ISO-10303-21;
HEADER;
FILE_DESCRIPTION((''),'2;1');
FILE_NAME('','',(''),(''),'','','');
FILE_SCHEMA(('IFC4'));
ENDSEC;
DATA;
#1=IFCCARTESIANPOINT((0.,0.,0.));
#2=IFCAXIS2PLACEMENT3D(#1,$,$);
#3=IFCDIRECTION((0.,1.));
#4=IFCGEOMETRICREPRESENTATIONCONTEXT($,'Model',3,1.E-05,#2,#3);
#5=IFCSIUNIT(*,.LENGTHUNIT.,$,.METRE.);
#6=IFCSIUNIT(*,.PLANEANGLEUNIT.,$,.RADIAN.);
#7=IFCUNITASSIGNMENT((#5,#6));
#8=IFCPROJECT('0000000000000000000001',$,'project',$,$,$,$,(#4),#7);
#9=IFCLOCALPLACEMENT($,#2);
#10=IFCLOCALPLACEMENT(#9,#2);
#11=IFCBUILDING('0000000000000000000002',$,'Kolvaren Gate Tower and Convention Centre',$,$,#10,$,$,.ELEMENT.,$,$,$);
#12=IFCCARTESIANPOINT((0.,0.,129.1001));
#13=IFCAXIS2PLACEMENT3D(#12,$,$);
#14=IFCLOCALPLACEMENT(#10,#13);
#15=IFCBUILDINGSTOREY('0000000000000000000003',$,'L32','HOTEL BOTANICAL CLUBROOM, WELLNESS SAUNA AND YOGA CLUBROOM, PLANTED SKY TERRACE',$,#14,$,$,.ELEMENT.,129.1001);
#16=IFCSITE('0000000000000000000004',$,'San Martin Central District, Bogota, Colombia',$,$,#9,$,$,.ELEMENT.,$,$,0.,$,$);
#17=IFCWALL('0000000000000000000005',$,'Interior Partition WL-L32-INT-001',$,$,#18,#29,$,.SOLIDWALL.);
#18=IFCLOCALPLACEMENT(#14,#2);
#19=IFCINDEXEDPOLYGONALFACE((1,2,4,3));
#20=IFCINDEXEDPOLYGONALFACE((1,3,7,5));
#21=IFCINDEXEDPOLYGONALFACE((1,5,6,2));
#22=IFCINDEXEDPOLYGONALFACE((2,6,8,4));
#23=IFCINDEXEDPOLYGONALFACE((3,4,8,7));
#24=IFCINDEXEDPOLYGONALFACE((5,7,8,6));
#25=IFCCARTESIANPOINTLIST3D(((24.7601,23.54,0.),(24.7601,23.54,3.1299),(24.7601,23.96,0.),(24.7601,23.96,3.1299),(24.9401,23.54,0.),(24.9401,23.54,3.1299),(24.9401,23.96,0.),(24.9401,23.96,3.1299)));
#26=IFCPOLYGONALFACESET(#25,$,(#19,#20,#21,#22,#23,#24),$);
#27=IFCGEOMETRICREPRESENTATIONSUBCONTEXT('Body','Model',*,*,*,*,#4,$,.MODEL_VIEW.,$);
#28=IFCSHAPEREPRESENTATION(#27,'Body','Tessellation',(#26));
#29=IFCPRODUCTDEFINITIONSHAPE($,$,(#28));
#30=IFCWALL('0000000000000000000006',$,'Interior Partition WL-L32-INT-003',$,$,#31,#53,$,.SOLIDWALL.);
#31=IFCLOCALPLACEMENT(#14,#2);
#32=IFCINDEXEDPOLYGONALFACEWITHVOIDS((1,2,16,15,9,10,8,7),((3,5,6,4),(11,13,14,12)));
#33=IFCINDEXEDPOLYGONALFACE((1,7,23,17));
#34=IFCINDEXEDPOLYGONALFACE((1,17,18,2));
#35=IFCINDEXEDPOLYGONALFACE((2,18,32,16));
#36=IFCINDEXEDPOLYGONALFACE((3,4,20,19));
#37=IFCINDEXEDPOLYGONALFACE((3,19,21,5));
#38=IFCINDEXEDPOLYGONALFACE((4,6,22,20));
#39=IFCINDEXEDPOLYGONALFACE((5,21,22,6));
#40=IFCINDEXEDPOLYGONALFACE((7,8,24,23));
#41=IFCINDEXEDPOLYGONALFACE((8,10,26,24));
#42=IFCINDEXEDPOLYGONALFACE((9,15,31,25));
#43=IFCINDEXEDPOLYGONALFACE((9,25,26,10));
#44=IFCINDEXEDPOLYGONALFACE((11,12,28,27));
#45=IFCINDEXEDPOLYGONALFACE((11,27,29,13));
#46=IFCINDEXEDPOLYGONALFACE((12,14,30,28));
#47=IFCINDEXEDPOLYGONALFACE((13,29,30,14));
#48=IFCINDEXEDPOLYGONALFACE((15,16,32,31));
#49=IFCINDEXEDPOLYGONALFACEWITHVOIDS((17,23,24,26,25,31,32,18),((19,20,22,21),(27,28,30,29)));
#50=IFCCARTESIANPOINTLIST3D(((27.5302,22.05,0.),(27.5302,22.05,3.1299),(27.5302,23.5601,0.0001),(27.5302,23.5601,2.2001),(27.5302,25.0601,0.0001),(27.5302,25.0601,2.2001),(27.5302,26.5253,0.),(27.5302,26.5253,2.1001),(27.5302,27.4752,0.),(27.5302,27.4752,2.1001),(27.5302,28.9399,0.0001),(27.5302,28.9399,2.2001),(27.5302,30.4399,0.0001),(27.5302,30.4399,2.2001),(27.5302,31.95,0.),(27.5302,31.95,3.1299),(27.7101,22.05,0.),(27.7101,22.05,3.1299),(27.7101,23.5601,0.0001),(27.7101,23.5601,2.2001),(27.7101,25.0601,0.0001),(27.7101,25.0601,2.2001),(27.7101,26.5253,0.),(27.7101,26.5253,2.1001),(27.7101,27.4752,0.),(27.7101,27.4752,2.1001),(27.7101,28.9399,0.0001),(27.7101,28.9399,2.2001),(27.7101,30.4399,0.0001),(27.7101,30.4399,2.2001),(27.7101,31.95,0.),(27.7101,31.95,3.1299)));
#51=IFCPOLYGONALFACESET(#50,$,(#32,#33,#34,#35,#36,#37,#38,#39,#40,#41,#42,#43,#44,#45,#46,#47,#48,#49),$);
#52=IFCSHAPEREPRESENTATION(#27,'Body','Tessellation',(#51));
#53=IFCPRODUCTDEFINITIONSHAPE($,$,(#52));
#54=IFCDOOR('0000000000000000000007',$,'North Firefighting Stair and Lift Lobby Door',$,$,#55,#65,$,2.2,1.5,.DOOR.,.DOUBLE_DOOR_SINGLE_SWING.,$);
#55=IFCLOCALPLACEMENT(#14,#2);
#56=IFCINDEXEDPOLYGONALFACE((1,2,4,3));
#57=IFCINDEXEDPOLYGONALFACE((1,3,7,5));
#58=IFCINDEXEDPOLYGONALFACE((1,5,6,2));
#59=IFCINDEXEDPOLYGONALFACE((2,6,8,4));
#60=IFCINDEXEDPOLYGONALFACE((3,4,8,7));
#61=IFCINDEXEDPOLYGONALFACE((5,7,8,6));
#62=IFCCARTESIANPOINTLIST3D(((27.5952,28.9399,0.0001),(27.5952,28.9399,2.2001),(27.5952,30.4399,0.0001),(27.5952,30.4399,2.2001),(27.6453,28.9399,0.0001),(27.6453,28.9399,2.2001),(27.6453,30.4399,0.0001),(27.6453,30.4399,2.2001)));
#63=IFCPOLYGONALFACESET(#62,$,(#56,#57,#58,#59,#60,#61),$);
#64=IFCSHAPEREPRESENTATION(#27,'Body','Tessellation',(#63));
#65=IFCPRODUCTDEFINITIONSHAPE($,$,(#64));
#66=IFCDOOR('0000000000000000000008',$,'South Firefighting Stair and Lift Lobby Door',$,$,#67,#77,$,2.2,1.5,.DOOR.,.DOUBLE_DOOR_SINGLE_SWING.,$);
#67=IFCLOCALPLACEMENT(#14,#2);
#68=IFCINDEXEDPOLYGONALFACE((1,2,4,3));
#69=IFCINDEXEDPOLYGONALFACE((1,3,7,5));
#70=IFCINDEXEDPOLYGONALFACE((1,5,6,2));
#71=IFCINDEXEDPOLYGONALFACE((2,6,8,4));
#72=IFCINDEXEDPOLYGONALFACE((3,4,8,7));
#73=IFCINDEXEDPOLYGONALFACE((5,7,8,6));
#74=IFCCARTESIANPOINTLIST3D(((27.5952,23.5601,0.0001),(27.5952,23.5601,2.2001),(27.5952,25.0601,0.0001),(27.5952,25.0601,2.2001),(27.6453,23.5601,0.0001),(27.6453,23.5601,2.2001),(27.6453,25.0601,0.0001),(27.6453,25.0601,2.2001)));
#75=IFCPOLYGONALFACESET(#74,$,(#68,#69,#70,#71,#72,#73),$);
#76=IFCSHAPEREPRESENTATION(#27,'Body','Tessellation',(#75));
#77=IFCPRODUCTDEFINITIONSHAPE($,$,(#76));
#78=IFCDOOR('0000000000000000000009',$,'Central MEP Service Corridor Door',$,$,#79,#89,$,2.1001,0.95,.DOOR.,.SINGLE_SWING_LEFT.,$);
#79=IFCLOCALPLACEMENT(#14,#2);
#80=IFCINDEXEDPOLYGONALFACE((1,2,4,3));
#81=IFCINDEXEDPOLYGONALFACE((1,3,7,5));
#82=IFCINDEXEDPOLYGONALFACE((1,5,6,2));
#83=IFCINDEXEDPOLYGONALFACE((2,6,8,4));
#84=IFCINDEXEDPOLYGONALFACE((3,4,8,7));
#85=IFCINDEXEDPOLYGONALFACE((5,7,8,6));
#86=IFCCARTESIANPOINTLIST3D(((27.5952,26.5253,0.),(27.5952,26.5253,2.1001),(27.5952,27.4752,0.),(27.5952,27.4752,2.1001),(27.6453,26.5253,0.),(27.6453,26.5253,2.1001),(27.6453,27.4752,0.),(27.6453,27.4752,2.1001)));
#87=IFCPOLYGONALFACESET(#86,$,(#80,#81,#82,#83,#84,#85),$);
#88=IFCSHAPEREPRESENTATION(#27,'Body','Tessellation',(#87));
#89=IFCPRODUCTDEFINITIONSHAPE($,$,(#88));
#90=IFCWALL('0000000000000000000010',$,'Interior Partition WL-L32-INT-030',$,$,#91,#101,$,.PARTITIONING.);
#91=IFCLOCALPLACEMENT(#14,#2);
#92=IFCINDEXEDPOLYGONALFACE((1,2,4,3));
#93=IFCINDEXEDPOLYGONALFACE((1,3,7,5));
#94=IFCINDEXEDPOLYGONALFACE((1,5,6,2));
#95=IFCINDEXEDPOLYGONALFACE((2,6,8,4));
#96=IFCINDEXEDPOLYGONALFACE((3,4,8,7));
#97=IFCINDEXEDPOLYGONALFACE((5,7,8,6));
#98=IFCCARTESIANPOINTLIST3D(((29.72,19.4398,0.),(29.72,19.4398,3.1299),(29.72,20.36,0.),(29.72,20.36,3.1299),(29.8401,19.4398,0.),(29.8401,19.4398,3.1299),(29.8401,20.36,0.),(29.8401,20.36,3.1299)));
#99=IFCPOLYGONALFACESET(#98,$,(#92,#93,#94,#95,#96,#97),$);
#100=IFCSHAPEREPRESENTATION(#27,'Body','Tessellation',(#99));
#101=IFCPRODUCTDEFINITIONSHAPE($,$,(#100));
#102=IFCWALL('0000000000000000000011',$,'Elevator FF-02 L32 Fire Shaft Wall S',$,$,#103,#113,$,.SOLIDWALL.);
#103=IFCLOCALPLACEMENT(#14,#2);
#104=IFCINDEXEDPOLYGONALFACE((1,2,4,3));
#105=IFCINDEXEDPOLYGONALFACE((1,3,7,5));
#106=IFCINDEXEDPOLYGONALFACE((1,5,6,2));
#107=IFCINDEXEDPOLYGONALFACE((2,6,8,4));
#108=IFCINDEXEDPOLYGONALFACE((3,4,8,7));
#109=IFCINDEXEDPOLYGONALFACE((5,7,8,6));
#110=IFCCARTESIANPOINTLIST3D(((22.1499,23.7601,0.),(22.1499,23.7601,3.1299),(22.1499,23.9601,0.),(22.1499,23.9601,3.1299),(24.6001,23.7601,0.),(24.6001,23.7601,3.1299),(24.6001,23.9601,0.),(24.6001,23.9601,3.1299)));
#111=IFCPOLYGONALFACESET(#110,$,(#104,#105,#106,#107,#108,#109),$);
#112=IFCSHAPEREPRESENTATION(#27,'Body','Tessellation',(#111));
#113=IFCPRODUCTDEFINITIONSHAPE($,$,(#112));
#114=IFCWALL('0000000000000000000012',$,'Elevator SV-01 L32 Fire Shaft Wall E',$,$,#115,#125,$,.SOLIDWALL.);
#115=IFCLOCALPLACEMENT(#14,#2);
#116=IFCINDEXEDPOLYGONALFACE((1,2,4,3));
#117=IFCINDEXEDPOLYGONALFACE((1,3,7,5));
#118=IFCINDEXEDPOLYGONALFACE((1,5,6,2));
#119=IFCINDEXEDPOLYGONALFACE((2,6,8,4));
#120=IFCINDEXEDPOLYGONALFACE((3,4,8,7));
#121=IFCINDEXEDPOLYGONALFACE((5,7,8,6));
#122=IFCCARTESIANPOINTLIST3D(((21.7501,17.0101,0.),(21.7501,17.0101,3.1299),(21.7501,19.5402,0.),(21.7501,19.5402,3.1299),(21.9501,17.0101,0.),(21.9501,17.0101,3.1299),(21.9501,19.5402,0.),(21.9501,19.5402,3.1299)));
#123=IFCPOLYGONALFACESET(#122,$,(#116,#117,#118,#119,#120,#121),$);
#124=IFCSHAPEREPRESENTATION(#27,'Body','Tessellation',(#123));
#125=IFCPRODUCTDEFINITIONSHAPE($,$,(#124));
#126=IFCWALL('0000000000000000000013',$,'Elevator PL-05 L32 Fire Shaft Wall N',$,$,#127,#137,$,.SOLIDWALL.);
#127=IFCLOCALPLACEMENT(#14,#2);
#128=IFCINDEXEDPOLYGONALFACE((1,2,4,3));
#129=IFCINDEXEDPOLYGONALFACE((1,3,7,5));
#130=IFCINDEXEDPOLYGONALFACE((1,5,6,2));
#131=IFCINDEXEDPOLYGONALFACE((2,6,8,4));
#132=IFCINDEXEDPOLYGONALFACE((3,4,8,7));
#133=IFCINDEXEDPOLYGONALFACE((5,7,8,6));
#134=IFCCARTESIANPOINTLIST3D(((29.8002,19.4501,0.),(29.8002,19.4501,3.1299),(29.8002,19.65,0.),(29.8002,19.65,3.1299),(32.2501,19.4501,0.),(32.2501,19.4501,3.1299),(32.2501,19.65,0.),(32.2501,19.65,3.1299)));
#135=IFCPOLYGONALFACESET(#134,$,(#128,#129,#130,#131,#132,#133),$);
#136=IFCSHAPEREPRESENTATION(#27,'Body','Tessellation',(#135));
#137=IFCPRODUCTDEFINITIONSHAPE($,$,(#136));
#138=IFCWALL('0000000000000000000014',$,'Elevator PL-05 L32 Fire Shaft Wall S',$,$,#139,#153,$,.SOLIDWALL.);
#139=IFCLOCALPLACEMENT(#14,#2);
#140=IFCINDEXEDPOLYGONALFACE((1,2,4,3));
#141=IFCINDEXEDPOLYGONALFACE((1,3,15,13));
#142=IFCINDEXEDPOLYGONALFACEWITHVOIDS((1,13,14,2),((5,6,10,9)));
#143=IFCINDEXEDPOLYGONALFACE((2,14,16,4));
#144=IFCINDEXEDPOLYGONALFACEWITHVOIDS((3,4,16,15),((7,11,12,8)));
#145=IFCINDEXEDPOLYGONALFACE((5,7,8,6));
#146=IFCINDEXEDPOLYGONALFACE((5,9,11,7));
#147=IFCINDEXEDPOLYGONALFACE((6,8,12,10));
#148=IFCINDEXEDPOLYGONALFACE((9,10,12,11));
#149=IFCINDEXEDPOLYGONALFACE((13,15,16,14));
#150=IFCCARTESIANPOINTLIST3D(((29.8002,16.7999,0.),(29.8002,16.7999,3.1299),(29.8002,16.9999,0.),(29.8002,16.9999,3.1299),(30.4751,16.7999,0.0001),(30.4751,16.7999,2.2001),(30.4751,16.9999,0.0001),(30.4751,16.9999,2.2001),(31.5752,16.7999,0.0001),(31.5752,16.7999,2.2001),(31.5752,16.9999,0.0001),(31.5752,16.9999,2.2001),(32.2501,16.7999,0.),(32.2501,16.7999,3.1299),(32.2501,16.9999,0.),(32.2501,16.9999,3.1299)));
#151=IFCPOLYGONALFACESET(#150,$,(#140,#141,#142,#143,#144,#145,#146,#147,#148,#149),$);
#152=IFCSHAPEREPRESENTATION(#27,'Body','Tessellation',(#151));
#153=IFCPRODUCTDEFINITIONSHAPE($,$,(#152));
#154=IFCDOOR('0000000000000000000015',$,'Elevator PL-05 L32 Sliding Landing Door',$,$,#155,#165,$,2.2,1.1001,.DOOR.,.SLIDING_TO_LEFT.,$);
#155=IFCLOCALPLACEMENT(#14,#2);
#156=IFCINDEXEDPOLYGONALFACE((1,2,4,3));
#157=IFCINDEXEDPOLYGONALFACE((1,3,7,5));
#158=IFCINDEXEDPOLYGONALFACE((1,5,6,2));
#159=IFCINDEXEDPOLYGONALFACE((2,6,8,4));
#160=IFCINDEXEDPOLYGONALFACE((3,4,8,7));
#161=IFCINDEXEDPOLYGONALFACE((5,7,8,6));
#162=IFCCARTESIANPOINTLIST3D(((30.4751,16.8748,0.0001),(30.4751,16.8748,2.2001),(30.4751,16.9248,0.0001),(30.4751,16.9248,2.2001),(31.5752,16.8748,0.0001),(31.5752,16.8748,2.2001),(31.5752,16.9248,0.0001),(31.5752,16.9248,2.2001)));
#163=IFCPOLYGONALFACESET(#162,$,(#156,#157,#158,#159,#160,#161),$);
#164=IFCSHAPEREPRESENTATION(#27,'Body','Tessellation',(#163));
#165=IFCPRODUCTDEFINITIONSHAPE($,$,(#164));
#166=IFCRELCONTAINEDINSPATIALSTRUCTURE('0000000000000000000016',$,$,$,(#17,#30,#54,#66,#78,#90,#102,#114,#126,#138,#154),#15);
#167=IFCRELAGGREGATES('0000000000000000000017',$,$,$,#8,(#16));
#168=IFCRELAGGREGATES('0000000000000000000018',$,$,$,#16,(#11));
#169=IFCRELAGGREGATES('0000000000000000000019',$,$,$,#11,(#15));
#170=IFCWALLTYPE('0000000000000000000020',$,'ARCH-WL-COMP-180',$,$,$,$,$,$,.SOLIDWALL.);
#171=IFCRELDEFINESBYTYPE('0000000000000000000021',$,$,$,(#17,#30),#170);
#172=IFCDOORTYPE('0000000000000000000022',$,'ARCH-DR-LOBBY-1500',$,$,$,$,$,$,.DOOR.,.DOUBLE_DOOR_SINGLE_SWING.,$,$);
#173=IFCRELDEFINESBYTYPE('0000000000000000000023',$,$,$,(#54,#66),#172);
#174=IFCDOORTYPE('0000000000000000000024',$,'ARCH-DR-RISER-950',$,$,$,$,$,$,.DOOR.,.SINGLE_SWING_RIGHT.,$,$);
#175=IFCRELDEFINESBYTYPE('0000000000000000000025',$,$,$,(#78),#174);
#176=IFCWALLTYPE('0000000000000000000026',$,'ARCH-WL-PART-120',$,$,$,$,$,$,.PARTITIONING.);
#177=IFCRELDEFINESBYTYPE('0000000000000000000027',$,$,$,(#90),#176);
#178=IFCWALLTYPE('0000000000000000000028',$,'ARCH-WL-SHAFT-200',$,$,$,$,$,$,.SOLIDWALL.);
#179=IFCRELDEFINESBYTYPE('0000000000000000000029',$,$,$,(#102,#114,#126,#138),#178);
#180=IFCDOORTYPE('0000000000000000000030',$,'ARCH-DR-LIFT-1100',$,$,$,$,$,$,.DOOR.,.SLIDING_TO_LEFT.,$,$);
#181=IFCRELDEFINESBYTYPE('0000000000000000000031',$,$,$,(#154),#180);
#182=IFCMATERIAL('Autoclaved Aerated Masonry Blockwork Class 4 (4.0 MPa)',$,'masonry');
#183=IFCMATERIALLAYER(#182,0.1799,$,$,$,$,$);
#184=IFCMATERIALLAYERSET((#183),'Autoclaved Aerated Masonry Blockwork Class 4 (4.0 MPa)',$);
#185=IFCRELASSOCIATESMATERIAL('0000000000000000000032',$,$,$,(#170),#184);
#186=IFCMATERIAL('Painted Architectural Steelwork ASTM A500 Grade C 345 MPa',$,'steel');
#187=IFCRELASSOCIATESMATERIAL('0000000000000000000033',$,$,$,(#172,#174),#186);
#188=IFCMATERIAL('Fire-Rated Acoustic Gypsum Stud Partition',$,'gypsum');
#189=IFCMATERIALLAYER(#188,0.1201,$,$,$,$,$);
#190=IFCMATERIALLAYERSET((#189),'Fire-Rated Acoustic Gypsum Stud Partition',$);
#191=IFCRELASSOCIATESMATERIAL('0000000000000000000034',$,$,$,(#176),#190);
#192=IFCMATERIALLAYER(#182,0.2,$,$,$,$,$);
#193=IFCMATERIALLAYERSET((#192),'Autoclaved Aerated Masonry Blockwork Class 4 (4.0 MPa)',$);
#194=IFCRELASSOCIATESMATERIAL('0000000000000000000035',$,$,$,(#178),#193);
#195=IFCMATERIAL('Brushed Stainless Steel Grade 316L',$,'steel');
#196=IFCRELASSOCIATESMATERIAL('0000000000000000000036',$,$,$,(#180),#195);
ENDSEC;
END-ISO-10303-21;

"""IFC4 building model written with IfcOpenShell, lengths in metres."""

from ifc_helpers import new_model, si_unit, direction, frame, frame_2d, origin, place, context, subcontext, project, spatial, rectangle, extrude, material, layer, layer_set, type_object, element, fill, save


model = new_model("IFC4")

# Units and contexts
model_context = context("Model", 3, precision=1e-05, world=origin(), true_north=direction((0.0, 1.0)))
body_context = subcontext(model_context, "Body", "Model", "MODEL_VIEW")
ifc_project = project(units=[si_unit("LENGTHUNIT", "METRE"), si_unit("PLANEANGLEUNIT", "RADIAN")], contexts=[model_context])

# Site, building, storey
site_placement = place(None, origin())
site = spatial("IfcSite", under=ifc_project, at=site_placement, Name="San Martin Central District, Bogota, Colombia", CompositionType="ELEMENT", RefElevation=0.0)
building_placement = place(site_placement, origin())
building = spatial("IfcBuilding", under=site, at=building_placement, Name="Kolvaren Gate Tower and Convention Centre", CompositionType="ELEMENT")
storey_placement = place(building_placement, frame((0.0, 0.0, 129.1001)))
storey = spatial("IfcBuildingStorey", under=building, at=storey_placement, Name="L32", Description="HOTEL BOTANICAL CLUBROOM, WELLNESS SAUNA AND YOGA CLUBROOM, PLANTED SKY TERRACE", CompositionType="ELEMENT", Elevation=129.1001)

# Wall
ifc_material_1 = material(Name="Autoclaved Aerated Masonry Blockwork Class 4 (4.0 MPa)", Category="masonry")
ifc_layer_1 = layer(ifc_material_1, 0.1799)
ifc_layer_set_1 = layer_set([ifc_layer_1], Name="Autoclaved Aerated Masonry Blockwork Class 4 (4.0 MPa)")
wall_type_1 = type_object("IfcWallType", Name="ARCH-WL-COMP-180", PredefinedType="SOLIDWALL", material=ifc_layer_set_1)
wall_1_placement = place(storey_placement, frame((24.8501, 23.54, 0.0), z_axis=(0.0, 0.0, 1.0), x_axis=(0.0, 1.0, 0.0)))
element("IfcWall", 1, at=wall_1_placement, inside=storey, type_object=wall_type_1, Name="Interior Partition WL-L32-INT-001", PredefinedType="SOLIDWALL", context=body_context, shape_type="SweptSolid", body=[
    extrude(rectangle(XDim=0.4199, YDim=0.1799, at=frame_2d((0.21, 0.0))), origin(), (0.0, 0.0, 1.0), 3.1299),
])

# Wall, openings, doors
wall_2_placement = place(storey_placement, frame((27.6201, 22.05, 0.0), z_axis=(0.0, 0.0, 1.0), x_axis=(0.0, 1.0, 0.0)))
wall_2 = element("IfcWall", 2, at=wall_2_placement, inside=storey, type_object=wall_type_1, Name="Interior Partition WL-L32-INT-003", PredefinedType="SOLIDWALL", context=body_context, shape_type="SweptSolid", body=[
    extrude(rectangle(XDim=9.8999, YDim=0.1799, at=frame_2d((4.95, 0.0))), origin(), (0.0, 0.0, 1.0), 3.1299),
])
opening_1_placement = place(wall_2_placement, frame((4.4751, 0.0, 0.0)))
opening_1 = element("IfcOpeningElement", 3, at=opening_1_placement, cuts=wall_2, PredefinedType="OPENING", context=body_context, shape_type="SweptSolid", body=[
    extrude(rectangle(XDim=0.95, YDim=2.1001, at=frame_2d((0.4751, 1.05))), frame((0.0, 0.0999, 0.0), z_axis=(0.0, -1.0, 0.0), x_axis=(1.0, 0.0, 0.0)), (0.0, 0.0, 1.0), 0.2),
])
opening_2_placement = place(wall_2_placement, frame((6.8899, 0.0, 0.0)))
opening_2 = element("IfcOpeningElement", 4, at=opening_2_placement, cuts=wall_2, PredefinedType="OPENING", context=body_context, shape_type="SweptSolid", body=[
    extrude(rectangle(XDim=1.5, YDim=2.2, at=frame_2d((0.75, 1.1001))), frame((0.0, 0.0999, 0.0), z_axis=(0.0, -1.0, 0.0), x_axis=(1.0, 0.0, 0.0)), (0.0, 0.0, 1.0), 0.2),
])
opening_3_placement = place(wall_2_placement, frame((1.51, 0.0, 0.0)))
opening_3 = element("IfcOpeningElement", 5, at=opening_3_placement, cuts=wall_2, PredefinedType="OPENING", context=body_context, shape_type="SweptSolid", body=[
    extrude(rectangle(XDim=1.5, YDim=2.2, at=frame_2d((0.75, 1.1001))), frame((0.0, 0.0999, 0.0), z_axis=(0.0, -1.0, 0.0), x_axis=(1.0, 0.0, 0.0)), (0.0, 0.0, 1.0), 0.2),
])
ifc_material_2 = material(Name="Painted Architectural Steelwork ASTM A500 Grade C 345 MPa", Category="steel")
door_type_1 = type_object("IfcDoorType", Name="ARCH-DR-LOBBY-1500", OperationType="DOUBLE_DOOR_SINGLE_SWING", PredefinedType="DOOR", material=ifc_material_2)
door_1_placement = place(opening_2_placement, origin())
door_1 = element("IfcDoor", 6, at=door_1_placement, inside=storey, type_object=door_type_1, Name="North Firefighting Stair and Lift Lobby Door", OperationType="DOUBLE_DOOR_SINGLE_SWING", OverallHeight=2.2, OverallWidth=1.5, PredefinedType="DOOR", context=body_context, shape_type="SweptSolid", body=[
    extrude(rectangle(XDim=1.5, YDim=2.2, at=frame_2d((0.75, 1.1001))), frame((0.0, 0.0249, 0.0), z_axis=(0.0, -1.0, 0.0), x_axis=(1.0, 0.0, 0.0)), (0.0, 0.0, 1.0), 0.05),
])
fill(opening_2, door_1)
door_2_placement = place(opening_3_placement, origin())
door_2 = element("IfcDoor", 7, at=door_2_placement, inside=storey, type_object=door_type_1, Name="South Firefighting Stair and Lift Lobby Door", OperationType="DOUBLE_DOOR_SINGLE_SWING", OverallHeight=2.2, OverallWidth=1.5, PredefinedType="DOOR", context=body_context, shape_type="SweptSolid", body=[
    extrude(rectangle(XDim=1.5, YDim=2.2, at=frame_2d((0.75, 1.1001))), frame((0.0, 0.0249, 0.0), z_axis=(0.0, -1.0, 0.0), x_axis=(1.0, 0.0, 0.0)), (0.0, 0.0, 1.0), 0.05),
])
fill(opening_3, door_2)
door_type_2 = type_object("IfcDoorType", Name="ARCH-DR-RISER-950", OperationType="SINGLE_SWING_RIGHT", PredefinedType="DOOR", material=ifc_material_2)
door_3_placement = place(opening_1_placement, origin())
door_3 = element("IfcDoor", 8, at=door_3_placement, inside=storey, type_object=door_type_2, Name="Central MEP Service Corridor Door", OperationType="SINGLE_SWING_LEFT", OverallHeight=2.1001, OverallWidth=0.95, PredefinedType="DOOR", context=body_context, shape_type="SweptSolid", body=[
    extrude(rectangle(XDim=0.95, YDim=2.1001, at=frame_2d((0.4751, 1.05))), frame((0.0, 0.0249, 0.0), z_axis=(0.0, -1.0, 0.0), x_axis=(1.0, 0.0, 0.0)), (0.0, 0.0, 1.0), 0.05),
])
fill(opening_1, door_3)

# Walls
ifc_material_3 = material(Name="Fire-Rated Acoustic Gypsum Stud Partition", Category="gypsum")
ifc_layer_2 = layer(ifc_material_3, 0.1201)
ifc_layer_set_2 = layer_set([ifc_layer_2], Name="Fire-Rated Acoustic Gypsum Stud Partition")
wall_type_2 = type_object("IfcWallType", Name="ARCH-WL-PART-120", PredefinedType="PARTITIONING", material=ifc_layer_set_2)
wall_3_placement = place(storey_placement, frame((29.78, 19.4399, 0.0), z_axis=(0.0, 0.0, 1.0), x_axis=(0.0, 1.0, 0.0)))
element("IfcWall", 9, at=wall_3_placement, inside=storey, type_object=wall_type_2, Name="Interior Partition WL-L32-INT-030", PredefinedType="PARTITIONING", context=body_context, shape_type="SweptSolid", body=[
    extrude(rectangle(XDim=0.9202, YDim=0.1201, at=frame_2d((0.46, 0.0))), origin(), (0.0, 0.0, 1.0), 3.1299),
])
ifc_layer_3 = layer(ifc_material_1, 0.2)
ifc_layer_set_3 = layer_set([ifc_layer_3], Name="Autoclaved Aerated Masonry Blockwork Class 4 (4.0 MPa)")
wall_type_3 = type_object("IfcWallType", Name="ARCH-WL-SHAFT-200", PredefinedType="SOLIDWALL", material=ifc_layer_set_3)
wall_4_placement = place(storey_placement, frame((22.1499, 23.8601, 0.0), z_axis=(0.0, 0.0, 1.0), x_axis=(1.0, 0.0, 0.0)))
element("IfcWall", 10, at=wall_4_placement, inside=storey, type_object=wall_type_3, Name="Elevator FF-02 L32 Fire Shaft Wall S", PredefinedType="SOLIDWALL", context=body_context, shape_type="SweptSolid", body=[
    extrude(rectangle(XDim=2.4502, YDim=0.2, at=frame_2d((1.2251, 0.0))), origin(), (0.0, 0.0, 1.0), 3.1299),
])
wall_5_placement = place(storey_placement, frame((21.8501, 17.01, 0.0), z_axis=(0.0, 0.0, 1.0), x_axis=(0.0, 1.0, 0.0)))
element("IfcWall", 11, at=wall_5_placement, inside=storey, type_object=wall_type_3, Name="Elevator SV-01 L32 Fire Shaft Wall E", PredefinedType="SOLIDWALL", context=body_context, shape_type="SweptSolid", body=[
    extrude(rectangle(XDim=2.53, YDim=0.2, at=frame_2d((1.2651, 0.0))), origin(), (0.0, 0.0, 1.0), 3.1299),
])
wall_6_placement = place(storey_placement, frame((29.8, 19.55, 0.0), z_axis=(0.0, 0.0, 1.0), x_axis=(1.0, 0.0, 0.0)))
element("IfcWall", 12, at=wall_6_placement, inside=storey, type_object=wall_type_3, Name="Elevator PL-05 L32 Fire Shaft Wall N", PredefinedType="SOLIDWALL", context=body_context, shape_type="SweptSolid", body=[
    extrude(rectangle(XDim=2.45, YDim=0.2, at=frame_2d((1.2251, 0.0))), origin(), (0.0, 0.0, 1.0), 3.1299),
])

# Wall, opening, door
wall_7_placement = place(storey_placement, frame((29.8, 16.8999, 0.0), z_axis=(0.0, 0.0, 1.0), x_axis=(1.0, 0.0, 0.0)))
wall_7 = element("IfcWall", 13, at=wall_7_placement, inside=storey, type_object=wall_type_3, Name="Elevator PL-05 L32 Fire Shaft Wall S", PredefinedType="SOLIDWALL", context=body_context, shape_type="SweptSolid", body=[
    extrude(rectangle(XDim=2.45, YDim=0.2, at=frame_2d((1.2251, 0.0))), origin(), (0.0, 0.0, 1.0), 3.1299),
])
opening_4_placement = place(wall_7_placement, frame((0.675, 0.0, 0.0)))
opening_4 = element("IfcOpeningElement", 14, at=opening_4_placement, cuts=wall_7, PredefinedType="OPENING", context=body_context, shape_type="SweptSolid", body=[
    extrude(rectangle(XDim=1.1001, YDim=2.2, at=frame_2d((0.55, 1.1001))), frame((0.0, 0.1099, 0.0), z_axis=(0.0, -1.0, 0.0), x_axis=(1.0, 0.0, 0.0)), (0.0, 0.0, 1.0), 0.22),
])
ifc_material_4 = material(Name="Brushed Stainless Steel Grade 316L", Category="steel")
door_type_3 = type_object("IfcDoorType", Name="ARCH-DR-LIFT-1100", OperationType="SLIDING_TO_LEFT", PredefinedType="DOOR", material=ifc_material_4)
door_4_placement = place(opening_4_placement, origin())
door_4 = element("IfcDoor", 15, at=door_4_placement, inside=storey, type_object=door_type_3, Name="Elevator PL-05 L32 Sliding Landing Door", OperationType="SLIDING_TO_LEFT", OverallHeight=2.2, OverallWidth=1.1001, PredefinedType="DOOR", context=body_context, shape_type="SweptSolid", body=[
    extrude(rectangle(XDim=1.1001, YDim=2.2, at=frame_2d((0.55, 1.1001))), frame((0.0, 0.0249, 0.0), z_axis=(0.0, -1.0, 0.0), x_axis=(1.0, 0.0, 0.0)), (0.0, 0.0, 1.0), 0.05),
])
fill(opening_4, door_4)

save(model, "model.ifc")
